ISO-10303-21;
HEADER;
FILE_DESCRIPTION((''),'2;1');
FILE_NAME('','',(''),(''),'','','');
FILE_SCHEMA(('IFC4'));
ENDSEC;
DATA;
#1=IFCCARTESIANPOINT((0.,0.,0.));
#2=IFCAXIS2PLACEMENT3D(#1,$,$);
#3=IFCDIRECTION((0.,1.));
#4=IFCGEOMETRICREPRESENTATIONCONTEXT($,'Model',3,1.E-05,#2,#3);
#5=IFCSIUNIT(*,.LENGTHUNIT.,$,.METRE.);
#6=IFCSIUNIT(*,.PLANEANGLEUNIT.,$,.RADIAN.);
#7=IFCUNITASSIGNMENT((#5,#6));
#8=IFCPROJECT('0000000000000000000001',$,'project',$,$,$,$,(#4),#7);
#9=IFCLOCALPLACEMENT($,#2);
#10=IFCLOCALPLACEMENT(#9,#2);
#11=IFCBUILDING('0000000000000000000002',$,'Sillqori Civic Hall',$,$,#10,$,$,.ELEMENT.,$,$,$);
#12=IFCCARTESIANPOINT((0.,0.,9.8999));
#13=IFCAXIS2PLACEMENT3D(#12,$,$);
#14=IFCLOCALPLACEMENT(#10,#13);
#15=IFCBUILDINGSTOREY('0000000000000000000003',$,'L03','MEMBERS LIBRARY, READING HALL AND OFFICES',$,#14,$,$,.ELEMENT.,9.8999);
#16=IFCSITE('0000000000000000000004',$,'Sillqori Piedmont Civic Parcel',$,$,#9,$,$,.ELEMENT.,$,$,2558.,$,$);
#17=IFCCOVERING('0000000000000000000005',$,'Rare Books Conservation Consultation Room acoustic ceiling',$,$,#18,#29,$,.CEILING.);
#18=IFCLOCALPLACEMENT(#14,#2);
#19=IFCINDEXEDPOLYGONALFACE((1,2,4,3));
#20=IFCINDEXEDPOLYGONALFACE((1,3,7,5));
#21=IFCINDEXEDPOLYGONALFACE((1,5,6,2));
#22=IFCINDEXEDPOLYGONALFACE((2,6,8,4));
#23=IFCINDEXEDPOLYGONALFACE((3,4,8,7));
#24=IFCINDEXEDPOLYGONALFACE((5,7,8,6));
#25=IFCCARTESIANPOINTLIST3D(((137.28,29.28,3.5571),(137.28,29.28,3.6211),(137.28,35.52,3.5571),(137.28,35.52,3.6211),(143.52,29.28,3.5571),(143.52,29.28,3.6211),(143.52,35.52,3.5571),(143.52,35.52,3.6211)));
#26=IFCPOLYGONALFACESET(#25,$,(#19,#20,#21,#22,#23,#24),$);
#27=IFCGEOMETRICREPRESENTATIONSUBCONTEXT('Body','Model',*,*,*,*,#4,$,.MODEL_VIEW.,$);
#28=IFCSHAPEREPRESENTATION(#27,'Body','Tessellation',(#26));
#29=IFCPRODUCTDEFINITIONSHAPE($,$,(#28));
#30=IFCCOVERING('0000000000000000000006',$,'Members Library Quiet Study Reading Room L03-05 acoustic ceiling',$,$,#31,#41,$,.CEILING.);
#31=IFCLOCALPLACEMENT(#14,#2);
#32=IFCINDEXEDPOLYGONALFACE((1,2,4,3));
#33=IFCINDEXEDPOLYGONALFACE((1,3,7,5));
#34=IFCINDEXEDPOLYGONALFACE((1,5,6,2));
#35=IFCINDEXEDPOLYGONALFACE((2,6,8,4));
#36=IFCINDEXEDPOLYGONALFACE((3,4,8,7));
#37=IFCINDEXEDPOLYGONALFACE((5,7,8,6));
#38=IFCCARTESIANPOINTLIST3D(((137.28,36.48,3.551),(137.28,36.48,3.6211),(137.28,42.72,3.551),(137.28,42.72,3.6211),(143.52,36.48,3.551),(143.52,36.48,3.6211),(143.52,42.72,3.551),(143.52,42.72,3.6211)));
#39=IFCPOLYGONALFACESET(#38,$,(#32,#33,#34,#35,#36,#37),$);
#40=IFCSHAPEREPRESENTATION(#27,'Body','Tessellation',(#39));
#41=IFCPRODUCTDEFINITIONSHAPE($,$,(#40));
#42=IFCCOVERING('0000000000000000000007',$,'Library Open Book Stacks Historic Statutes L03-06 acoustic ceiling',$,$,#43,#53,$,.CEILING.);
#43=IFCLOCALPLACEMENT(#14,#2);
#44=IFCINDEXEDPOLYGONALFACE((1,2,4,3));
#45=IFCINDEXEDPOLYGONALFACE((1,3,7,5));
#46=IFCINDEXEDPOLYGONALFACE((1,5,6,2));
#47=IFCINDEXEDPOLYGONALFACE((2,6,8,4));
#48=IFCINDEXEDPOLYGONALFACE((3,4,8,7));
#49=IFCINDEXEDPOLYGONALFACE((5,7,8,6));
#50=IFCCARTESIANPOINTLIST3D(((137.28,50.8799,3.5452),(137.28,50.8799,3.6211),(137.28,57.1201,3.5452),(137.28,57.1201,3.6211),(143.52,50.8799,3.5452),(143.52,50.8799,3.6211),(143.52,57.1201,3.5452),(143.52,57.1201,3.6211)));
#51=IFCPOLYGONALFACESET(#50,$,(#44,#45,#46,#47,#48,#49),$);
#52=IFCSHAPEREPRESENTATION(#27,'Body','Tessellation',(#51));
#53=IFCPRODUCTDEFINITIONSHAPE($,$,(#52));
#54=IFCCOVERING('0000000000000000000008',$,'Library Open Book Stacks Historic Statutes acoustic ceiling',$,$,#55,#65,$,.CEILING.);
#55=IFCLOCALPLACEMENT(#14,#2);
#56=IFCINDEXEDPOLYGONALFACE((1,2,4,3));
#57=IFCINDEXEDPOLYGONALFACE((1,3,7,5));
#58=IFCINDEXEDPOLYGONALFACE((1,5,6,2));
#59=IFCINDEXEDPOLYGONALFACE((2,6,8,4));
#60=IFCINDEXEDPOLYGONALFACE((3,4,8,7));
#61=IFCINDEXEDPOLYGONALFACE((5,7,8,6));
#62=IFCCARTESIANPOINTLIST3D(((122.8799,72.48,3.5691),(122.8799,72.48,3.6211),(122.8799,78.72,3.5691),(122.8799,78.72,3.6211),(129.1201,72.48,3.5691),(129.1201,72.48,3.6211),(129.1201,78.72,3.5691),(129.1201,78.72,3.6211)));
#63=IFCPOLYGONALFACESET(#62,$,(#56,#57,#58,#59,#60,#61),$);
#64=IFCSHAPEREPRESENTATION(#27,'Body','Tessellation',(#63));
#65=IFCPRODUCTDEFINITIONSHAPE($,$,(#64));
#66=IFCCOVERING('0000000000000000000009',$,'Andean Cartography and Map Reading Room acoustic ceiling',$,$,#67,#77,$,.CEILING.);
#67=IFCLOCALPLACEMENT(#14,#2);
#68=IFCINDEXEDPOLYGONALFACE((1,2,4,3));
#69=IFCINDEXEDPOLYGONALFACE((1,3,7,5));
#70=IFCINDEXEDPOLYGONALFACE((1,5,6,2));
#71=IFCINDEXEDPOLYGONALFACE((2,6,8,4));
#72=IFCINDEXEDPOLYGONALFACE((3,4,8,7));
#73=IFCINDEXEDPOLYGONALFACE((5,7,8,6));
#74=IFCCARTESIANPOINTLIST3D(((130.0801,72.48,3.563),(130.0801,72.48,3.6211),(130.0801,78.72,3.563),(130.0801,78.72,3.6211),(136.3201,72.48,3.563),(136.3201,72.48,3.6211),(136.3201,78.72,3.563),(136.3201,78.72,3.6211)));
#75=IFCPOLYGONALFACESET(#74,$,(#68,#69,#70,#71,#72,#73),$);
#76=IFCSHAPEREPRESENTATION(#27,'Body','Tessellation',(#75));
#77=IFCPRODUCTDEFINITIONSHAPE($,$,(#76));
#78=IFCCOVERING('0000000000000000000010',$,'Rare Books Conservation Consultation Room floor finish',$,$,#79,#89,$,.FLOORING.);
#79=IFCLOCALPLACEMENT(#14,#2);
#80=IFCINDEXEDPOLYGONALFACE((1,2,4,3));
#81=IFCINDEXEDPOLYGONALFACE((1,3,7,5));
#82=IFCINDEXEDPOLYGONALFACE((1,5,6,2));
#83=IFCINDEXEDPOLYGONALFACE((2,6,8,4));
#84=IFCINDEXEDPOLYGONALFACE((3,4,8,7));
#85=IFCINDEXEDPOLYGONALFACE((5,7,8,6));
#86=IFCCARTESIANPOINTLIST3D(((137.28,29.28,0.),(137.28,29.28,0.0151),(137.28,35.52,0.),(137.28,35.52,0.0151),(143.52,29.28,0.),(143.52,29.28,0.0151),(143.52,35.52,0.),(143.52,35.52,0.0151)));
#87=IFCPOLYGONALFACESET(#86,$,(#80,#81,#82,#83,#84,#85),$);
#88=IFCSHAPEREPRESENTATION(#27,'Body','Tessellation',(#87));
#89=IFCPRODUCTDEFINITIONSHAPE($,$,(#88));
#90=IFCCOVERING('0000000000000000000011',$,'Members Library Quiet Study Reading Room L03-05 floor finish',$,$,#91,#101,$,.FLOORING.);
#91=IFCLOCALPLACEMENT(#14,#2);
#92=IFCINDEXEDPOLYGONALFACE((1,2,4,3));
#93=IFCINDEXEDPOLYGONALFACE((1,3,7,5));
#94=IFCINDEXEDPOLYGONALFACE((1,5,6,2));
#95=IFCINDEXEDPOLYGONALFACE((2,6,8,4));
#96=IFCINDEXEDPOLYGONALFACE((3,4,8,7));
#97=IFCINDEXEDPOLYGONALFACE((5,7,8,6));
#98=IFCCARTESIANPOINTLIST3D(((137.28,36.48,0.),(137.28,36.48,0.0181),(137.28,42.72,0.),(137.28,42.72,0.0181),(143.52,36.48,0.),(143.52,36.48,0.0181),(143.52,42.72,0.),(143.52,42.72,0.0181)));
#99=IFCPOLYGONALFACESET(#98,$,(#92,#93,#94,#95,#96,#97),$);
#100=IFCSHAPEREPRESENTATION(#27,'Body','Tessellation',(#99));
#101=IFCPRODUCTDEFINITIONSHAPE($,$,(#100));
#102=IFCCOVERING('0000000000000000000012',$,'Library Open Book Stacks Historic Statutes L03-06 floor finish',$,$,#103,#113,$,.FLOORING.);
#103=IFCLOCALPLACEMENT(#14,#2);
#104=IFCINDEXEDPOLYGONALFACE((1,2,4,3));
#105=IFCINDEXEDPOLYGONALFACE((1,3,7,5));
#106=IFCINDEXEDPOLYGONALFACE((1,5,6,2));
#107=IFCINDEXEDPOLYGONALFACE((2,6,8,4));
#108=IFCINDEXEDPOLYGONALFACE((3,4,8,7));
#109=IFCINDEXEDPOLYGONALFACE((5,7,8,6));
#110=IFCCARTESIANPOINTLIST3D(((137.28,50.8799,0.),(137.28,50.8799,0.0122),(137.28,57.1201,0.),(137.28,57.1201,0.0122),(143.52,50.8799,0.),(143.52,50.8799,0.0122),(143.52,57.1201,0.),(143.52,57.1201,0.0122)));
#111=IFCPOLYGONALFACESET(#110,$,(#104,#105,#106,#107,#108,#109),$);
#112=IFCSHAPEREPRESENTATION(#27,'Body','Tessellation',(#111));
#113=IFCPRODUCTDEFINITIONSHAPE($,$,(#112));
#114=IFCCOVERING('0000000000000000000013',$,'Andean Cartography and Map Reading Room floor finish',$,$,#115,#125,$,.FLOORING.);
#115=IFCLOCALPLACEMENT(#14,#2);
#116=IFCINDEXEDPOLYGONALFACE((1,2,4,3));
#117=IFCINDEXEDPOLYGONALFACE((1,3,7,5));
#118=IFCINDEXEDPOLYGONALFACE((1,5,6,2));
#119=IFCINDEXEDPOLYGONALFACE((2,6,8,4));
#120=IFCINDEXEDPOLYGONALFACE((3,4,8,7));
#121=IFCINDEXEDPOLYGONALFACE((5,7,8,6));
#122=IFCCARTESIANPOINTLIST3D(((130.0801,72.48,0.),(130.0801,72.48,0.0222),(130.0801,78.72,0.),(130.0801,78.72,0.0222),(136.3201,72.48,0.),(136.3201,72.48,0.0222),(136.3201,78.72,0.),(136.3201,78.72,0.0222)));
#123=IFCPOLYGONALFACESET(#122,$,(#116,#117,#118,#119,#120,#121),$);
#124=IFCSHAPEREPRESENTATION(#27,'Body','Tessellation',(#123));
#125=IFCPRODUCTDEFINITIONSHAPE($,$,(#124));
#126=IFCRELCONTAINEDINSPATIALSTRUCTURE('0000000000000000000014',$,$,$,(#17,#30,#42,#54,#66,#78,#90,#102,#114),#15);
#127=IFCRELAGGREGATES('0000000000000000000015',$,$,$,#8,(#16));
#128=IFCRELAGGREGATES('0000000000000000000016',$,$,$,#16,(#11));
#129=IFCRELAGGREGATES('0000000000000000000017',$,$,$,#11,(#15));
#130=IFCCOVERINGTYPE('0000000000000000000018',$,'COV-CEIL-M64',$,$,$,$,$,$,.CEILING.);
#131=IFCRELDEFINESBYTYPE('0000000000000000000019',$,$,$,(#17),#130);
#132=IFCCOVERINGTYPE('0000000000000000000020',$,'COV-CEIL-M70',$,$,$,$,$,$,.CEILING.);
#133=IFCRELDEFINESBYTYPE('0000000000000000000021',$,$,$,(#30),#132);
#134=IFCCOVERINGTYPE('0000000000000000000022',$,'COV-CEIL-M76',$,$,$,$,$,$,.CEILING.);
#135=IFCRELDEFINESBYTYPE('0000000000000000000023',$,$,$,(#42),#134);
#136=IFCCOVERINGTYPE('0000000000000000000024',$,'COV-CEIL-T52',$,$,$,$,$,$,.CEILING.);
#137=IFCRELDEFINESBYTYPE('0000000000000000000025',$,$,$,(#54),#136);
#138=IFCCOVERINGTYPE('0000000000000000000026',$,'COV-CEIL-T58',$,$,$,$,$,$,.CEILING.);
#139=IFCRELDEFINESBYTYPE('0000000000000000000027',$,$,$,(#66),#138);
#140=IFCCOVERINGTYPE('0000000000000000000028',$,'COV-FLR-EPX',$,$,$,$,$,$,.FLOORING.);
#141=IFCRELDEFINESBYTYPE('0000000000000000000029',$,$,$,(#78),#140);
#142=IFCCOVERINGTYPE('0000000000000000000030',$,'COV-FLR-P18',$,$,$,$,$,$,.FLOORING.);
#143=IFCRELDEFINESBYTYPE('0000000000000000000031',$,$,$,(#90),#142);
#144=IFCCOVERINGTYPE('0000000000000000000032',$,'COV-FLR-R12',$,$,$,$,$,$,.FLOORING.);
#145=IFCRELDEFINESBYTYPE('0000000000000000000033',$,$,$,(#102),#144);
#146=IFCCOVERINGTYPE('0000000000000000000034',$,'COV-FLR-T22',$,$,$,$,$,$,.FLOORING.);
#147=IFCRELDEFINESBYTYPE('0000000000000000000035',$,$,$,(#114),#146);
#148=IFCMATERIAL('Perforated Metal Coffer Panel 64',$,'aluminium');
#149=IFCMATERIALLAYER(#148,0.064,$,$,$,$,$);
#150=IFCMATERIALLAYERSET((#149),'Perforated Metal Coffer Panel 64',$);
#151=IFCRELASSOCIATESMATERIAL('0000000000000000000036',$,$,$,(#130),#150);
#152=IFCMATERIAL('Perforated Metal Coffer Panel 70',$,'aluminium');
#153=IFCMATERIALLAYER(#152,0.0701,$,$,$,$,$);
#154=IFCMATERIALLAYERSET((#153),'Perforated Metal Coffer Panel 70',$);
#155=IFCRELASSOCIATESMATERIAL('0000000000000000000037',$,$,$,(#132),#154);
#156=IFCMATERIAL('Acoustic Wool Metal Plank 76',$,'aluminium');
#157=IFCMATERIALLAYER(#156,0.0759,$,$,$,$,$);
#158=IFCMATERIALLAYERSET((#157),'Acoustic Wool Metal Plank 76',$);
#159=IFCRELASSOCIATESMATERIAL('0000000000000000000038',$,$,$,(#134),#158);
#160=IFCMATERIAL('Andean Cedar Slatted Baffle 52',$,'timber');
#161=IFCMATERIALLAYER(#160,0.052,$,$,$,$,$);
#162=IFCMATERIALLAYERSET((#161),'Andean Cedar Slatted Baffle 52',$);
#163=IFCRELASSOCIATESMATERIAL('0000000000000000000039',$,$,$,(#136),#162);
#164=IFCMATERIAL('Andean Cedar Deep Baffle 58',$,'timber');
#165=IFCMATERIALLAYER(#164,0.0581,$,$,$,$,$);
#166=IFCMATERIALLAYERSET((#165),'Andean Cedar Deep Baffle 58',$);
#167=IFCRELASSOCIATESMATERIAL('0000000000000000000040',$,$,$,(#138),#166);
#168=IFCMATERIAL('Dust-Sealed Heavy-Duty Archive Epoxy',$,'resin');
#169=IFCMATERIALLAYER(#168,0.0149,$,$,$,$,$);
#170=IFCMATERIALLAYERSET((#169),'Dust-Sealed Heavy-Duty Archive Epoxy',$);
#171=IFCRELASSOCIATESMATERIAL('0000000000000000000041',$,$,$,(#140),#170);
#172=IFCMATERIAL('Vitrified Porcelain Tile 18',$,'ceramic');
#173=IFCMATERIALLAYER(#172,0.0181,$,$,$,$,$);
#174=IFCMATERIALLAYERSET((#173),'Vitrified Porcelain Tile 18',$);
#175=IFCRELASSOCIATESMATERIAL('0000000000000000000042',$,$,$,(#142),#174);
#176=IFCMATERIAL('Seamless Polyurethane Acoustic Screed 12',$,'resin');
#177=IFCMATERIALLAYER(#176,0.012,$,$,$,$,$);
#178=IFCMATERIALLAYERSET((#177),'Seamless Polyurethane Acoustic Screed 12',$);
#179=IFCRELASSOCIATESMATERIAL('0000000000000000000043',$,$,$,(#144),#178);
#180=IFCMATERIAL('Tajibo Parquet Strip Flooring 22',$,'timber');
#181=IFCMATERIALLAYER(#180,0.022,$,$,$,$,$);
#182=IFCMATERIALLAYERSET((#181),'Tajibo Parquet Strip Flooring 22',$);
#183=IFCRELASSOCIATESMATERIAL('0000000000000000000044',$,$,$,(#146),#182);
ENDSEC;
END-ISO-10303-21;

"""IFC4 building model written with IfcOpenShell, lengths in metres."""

from ifc_helpers import new_model, si_unit, direction, frame, origin, place, context, subcontext, project, spatial, polyline, outline, extrude, material, layer, layer_set, type_object, element, save


model = new_model("IFC4")

# Units and contexts
model_context = context("Model", 3, precision=1e-05, world=origin(), true_north=direction((0.0, 1.0)))
body_context = subcontext(model_context, "Body", "Model", "MODEL_VIEW")
ifc_project = project(units=[si_unit("LENGTHUNIT", "METRE"), si_unit("PLANEANGLEUNIT", "RADIAN")], contexts=[model_context])

# Site, building, storey
site_placement = place(None, origin())
site = spatial("IfcSite", under=ifc_project, at=site_placement, Name="Sillqori Piedmont Civic Parcel", CompositionType="ELEMENT", RefElevation=2558.0)
building_placement = place(site_placement, origin())
building = spatial("IfcBuilding", under=site, at=building_placement, Name="Sillqori Civic Hall", CompositionType="ELEMENT")
storey_placement = place(building_placement, frame((0.0, 0.0, 9.8999)))
storey = spatial("IfcBuildingStorey", under=building, at=storey_placement, Name="L03", Description="MEMBERS LIBRARY, READING HALL AND OFFICES", CompositionType="ELEMENT", Elevation=9.8999)

# Coverings
ifc_material_1 = material(Name="Perforated Metal Coffer Panel 64", Category="aluminium")
ifc_layer_1 = layer(ifc_material_1, 0.064)
ifc_layer_set_1 = layer_set([ifc_layer_1], Name="Perforated Metal Coffer Panel 64")
covering_type_1 = type_object("IfcCoveringType", Name="COV-CEIL-M64", PredefinedType="CEILING", material=ifc_layer_set_1)
covering_1_placement = place(storey_placement, frame((0.0, 0.0, 3.5571)))
element("IfcCovering", 1, at=covering_1_placement, inside=storey, type_object=covering_type_1, Name="Rare Books Conservation Consultation Room acoustic ceiling", PredefinedType="CEILING", context=body_context, shape_type="SweptSolid", body=[
    extrude(outline(polyline([(137.28, 29.28), (143.52, 29.28), (143.52, 35.52), (137.28, 35.52), (137.28, 29.28)])), origin(), (0.0, 0.0, 1.0), 0.064),
])
ifc_material_2 = material(Name="Perforated Metal Coffer Panel 70", Category="aluminium")
ifc_layer_2 = layer(ifc_material_2, 0.0701)
ifc_layer_set_2 = layer_set([ifc_layer_2], Name="Perforated Metal Coffer Panel 70")
covering_type_2 = type_object("IfcCoveringType", Name="COV-CEIL-M70", PredefinedType="CEILING", material=ifc_layer_set_2)
covering_2_placement = place(storey_placement, frame((0.0, 0.0, 3.551)))
element("IfcCovering", 2, at=covering_2_placement, inside=storey, type_object=covering_type_2, Name="Members Library Quiet Study Reading Room L03-05 acoustic ceiling", PredefinedType="CEILING", context=body_context, shape_type="SweptSolid", body=[
    extrude(outline(polyline([(137.28, 36.48), (143.52, 36.48), (143.52, 42.72), (137.28, 42.72), (137.28, 36.48)])), origin(), (0.0, 0.0, 1.0), 0.0701),
])
ifc_material_3 = material(Name="Acoustic Wool Metal Plank 76", Category="aluminium")
ifc_layer_3 = layer(ifc_material_3, 0.0759)
ifc_layer_set_3 = layer_set([ifc_layer_3], Name="Acoustic Wool Metal Plank 76")
covering_type_3 = type_object("IfcCoveringType", Name="COV-CEIL-M76", PredefinedType="CEILING", material=ifc_layer_set_3)
covering_3_placement = place(storey_placement, frame((0.0, 0.0, 3.5452)))
element("IfcCovering", 3, at=covering_3_placement, inside=storey, type_object=covering_type_3, Name="Library Open Book Stacks Historic Statutes L03-06 acoustic ceiling", PredefinedType="CEILING", context=body_context, shape_type="SweptSolid", body=[
    extrude(outline(polyline([(137.28, 50.8799), (143.52, 50.8799), (143.52, 57.1201), (137.28, 57.1201), (137.28, 50.8799)])), origin(), (0.0, 0.0, 1.0), 0.0759),
])
ifc_material_4 = material(Name="Andean Cedar Slatted Baffle 52", Category="timber")
ifc_layer_4 = layer(ifc_material_4, 0.052)
ifc_layer_set_4 = layer_set([ifc_layer_4], Name="Andean Cedar Slatted Baffle 52")
covering_type_4 = type_object("IfcCoveringType", Name="COV-CEIL-T52", PredefinedType="CEILING", material=ifc_layer_set_4)
covering_4_placement = place(storey_placement, frame((0.0, 0.0, 3.5691)))
element("IfcCovering", 4, at=covering_4_placement, inside=storey, type_object=covering_type_4, Name="Library Open Book Stacks Historic Statutes acoustic ceiling", PredefinedType="CEILING", context=body_context, shape_type="SweptSolid", body=[
    extrude(outline(polyline([(122.8799, 72.48), (129.1201, 72.48), (129.1201, 78.72), (122.8799, 78.72), (122.8799, 72.48)])), origin(), (0.0, 0.0, 1.0), 0.052),
])
ifc_material_5 = material(Name="Andean Cedar Deep Baffle 58", Category="timber")
ifc_layer_5 = layer(ifc_material_5, 0.0581)
ifc_layer_set_5 = layer_set([ifc_layer_5], Name="Andean Cedar Deep Baffle 58")
covering_type_5 = type_object("IfcCoveringType", Name="COV-CEIL-T58", PredefinedType="CEILING", material=ifc_layer_set_5)
covering_5_placement = place(storey_placement, frame((0.0, 0.0, 3.563)))
element("IfcCovering", 5, at=covering_5_placement, inside=storey, type_object=covering_type_5, Name="Andean Cartography and Map Reading Room acoustic ceiling", PredefinedType="CEILING", context=body_context, shape_type="SweptSolid", body=[
    extrude(outline(polyline([(130.0801, 72.48), (136.3201, 72.48), (136.3201, 78.72), (130.0801, 78.72), (130.0801, 72.48)])), origin(), (0.0, 0.0, 1.0), 0.0581),
])
ifc_material_6 = material(Name="Dust-Sealed Heavy-Duty Archive Epoxy", Category="resin")
ifc_layer_6 = layer(ifc_material_6, 0.0149)
ifc_layer_set_6 = layer_set([ifc_layer_6], Name="Dust-Sealed Heavy-Duty Archive Epoxy")
covering_type_6 = type_object("IfcCoveringType", Name="COV-FLR-EPX", PredefinedType="FLOORING", material=ifc_layer_set_6)
covering_6_placement = place(storey_placement, origin())
element("IfcCovering", 6, at=covering_6_placement, inside=storey, type_object=covering_type_6, Name="Rare Books Conservation Consultation Room floor finish", PredefinedType="FLOORING", context=body_context, shape_type="SweptSolid", body=[
    extrude(outline(polyline([(137.28, 29.28), (143.52, 29.28), (143.52, 35.52), (137.28, 35.52), (137.28, 29.28)])), origin(), (0.0, 0.0, 1.0), 0.0151),
])
ifc_material_7 = material(Name="Vitrified Porcelain Tile 18", Category="ceramic")
ifc_layer_7 = layer(ifc_material_7, 0.0181)
ifc_layer_set_7 = layer_set([ifc_layer_7], Name="Vitrified Porcelain Tile 18")
covering_type_7 = type_object("IfcCoveringType", Name="COV-FLR-P18", PredefinedType="FLOORING", material=ifc_layer_set_7)
covering_7_placement = place(storey_placement, origin())
element("IfcCovering", 7, at=covering_7_placement, inside=storey, type_object=covering_type_7, Name="Members Library Quiet Study Reading Room L03-05 floor finish", PredefinedType="FLOORING", context=body_context, shape_type="SweptSolid", body=[
    extrude(outline(polyline([(137.28, 36.48), (143.52, 36.48), (143.52, 42.72), (137.28, 42.72), (137.28, 36.48)])), origin(), (0.0, 0.0, 1.0), 0.0181),
])
ifc_material_8 = material(Name="Seamless Polyurethane Acoustic Screed 12", Category="resin")
ifc_layer_8 = layer(ifc_material_8, 0.012)
ifc_layer_set_8 = layer_set([ifc_layer_8], Name="Seamless Polyurethane Acoustic Screed 12")
covering_type_8 = type_object("IfcCoveringType", Name="COV-FLR-R12", PredefinedType="FLOORING", material=ifc_layer_set_8)
covering_8_placement = place(storey_placement, origin())
element("IfcCovering", 8, at=covering_8_placement, inside=storey, type_object=covering_type_8, Name="Library Open Book Stacks Historic Statutes L03-06 floor finish", PredefinedType="FLOORING", context=body_context, shape_type="SweptSolid", body=[
    extrude(outline(polyline([(137.28, 50.8799), (143.52, 50.8799), (143.52, 57.1201), (137.28, 57.1201), (137.28, 50.8799)])), origin(), (0.0, 0.0, 1.0), 0.0122),
])
ifc_material_9 = material(Name="Tajibo Parquet Strip Flooring 22", Category="timber")
ifc_layer_9 = layer(ifc_material_9, 0.022)
ifc_layer_set_9 = layer_set([ifc_layer_9], Name="Tajibo Parquet Strip Flooring 22")
covering_type_9 = type_object("IfcCoveringType", Name="COV-FLR-T22", PredefinedType="FLOORING", material=ifc_layer_set_9)
covering_9_placement = place(storey_placement, origin())
element("IfcCovering", 9, at=covering_9_placement, inside=storey, type_object=covering_type_9, Name="Andean Cartography and Map Reading Room floor finish", PredefinedType="FLOORING", context=body_context, shape_type="SweptSolid", body=[
    extrude(outline(polyline([(130.0801, 72.48), (136.3201, 72.48), (136.3201, 78.72), (130.0801, 78.72), (130.0801, 72.48)])), origin(), (0.0, 0.0, 1.0), 0.0222),
])

save(model, "model.ifc")
